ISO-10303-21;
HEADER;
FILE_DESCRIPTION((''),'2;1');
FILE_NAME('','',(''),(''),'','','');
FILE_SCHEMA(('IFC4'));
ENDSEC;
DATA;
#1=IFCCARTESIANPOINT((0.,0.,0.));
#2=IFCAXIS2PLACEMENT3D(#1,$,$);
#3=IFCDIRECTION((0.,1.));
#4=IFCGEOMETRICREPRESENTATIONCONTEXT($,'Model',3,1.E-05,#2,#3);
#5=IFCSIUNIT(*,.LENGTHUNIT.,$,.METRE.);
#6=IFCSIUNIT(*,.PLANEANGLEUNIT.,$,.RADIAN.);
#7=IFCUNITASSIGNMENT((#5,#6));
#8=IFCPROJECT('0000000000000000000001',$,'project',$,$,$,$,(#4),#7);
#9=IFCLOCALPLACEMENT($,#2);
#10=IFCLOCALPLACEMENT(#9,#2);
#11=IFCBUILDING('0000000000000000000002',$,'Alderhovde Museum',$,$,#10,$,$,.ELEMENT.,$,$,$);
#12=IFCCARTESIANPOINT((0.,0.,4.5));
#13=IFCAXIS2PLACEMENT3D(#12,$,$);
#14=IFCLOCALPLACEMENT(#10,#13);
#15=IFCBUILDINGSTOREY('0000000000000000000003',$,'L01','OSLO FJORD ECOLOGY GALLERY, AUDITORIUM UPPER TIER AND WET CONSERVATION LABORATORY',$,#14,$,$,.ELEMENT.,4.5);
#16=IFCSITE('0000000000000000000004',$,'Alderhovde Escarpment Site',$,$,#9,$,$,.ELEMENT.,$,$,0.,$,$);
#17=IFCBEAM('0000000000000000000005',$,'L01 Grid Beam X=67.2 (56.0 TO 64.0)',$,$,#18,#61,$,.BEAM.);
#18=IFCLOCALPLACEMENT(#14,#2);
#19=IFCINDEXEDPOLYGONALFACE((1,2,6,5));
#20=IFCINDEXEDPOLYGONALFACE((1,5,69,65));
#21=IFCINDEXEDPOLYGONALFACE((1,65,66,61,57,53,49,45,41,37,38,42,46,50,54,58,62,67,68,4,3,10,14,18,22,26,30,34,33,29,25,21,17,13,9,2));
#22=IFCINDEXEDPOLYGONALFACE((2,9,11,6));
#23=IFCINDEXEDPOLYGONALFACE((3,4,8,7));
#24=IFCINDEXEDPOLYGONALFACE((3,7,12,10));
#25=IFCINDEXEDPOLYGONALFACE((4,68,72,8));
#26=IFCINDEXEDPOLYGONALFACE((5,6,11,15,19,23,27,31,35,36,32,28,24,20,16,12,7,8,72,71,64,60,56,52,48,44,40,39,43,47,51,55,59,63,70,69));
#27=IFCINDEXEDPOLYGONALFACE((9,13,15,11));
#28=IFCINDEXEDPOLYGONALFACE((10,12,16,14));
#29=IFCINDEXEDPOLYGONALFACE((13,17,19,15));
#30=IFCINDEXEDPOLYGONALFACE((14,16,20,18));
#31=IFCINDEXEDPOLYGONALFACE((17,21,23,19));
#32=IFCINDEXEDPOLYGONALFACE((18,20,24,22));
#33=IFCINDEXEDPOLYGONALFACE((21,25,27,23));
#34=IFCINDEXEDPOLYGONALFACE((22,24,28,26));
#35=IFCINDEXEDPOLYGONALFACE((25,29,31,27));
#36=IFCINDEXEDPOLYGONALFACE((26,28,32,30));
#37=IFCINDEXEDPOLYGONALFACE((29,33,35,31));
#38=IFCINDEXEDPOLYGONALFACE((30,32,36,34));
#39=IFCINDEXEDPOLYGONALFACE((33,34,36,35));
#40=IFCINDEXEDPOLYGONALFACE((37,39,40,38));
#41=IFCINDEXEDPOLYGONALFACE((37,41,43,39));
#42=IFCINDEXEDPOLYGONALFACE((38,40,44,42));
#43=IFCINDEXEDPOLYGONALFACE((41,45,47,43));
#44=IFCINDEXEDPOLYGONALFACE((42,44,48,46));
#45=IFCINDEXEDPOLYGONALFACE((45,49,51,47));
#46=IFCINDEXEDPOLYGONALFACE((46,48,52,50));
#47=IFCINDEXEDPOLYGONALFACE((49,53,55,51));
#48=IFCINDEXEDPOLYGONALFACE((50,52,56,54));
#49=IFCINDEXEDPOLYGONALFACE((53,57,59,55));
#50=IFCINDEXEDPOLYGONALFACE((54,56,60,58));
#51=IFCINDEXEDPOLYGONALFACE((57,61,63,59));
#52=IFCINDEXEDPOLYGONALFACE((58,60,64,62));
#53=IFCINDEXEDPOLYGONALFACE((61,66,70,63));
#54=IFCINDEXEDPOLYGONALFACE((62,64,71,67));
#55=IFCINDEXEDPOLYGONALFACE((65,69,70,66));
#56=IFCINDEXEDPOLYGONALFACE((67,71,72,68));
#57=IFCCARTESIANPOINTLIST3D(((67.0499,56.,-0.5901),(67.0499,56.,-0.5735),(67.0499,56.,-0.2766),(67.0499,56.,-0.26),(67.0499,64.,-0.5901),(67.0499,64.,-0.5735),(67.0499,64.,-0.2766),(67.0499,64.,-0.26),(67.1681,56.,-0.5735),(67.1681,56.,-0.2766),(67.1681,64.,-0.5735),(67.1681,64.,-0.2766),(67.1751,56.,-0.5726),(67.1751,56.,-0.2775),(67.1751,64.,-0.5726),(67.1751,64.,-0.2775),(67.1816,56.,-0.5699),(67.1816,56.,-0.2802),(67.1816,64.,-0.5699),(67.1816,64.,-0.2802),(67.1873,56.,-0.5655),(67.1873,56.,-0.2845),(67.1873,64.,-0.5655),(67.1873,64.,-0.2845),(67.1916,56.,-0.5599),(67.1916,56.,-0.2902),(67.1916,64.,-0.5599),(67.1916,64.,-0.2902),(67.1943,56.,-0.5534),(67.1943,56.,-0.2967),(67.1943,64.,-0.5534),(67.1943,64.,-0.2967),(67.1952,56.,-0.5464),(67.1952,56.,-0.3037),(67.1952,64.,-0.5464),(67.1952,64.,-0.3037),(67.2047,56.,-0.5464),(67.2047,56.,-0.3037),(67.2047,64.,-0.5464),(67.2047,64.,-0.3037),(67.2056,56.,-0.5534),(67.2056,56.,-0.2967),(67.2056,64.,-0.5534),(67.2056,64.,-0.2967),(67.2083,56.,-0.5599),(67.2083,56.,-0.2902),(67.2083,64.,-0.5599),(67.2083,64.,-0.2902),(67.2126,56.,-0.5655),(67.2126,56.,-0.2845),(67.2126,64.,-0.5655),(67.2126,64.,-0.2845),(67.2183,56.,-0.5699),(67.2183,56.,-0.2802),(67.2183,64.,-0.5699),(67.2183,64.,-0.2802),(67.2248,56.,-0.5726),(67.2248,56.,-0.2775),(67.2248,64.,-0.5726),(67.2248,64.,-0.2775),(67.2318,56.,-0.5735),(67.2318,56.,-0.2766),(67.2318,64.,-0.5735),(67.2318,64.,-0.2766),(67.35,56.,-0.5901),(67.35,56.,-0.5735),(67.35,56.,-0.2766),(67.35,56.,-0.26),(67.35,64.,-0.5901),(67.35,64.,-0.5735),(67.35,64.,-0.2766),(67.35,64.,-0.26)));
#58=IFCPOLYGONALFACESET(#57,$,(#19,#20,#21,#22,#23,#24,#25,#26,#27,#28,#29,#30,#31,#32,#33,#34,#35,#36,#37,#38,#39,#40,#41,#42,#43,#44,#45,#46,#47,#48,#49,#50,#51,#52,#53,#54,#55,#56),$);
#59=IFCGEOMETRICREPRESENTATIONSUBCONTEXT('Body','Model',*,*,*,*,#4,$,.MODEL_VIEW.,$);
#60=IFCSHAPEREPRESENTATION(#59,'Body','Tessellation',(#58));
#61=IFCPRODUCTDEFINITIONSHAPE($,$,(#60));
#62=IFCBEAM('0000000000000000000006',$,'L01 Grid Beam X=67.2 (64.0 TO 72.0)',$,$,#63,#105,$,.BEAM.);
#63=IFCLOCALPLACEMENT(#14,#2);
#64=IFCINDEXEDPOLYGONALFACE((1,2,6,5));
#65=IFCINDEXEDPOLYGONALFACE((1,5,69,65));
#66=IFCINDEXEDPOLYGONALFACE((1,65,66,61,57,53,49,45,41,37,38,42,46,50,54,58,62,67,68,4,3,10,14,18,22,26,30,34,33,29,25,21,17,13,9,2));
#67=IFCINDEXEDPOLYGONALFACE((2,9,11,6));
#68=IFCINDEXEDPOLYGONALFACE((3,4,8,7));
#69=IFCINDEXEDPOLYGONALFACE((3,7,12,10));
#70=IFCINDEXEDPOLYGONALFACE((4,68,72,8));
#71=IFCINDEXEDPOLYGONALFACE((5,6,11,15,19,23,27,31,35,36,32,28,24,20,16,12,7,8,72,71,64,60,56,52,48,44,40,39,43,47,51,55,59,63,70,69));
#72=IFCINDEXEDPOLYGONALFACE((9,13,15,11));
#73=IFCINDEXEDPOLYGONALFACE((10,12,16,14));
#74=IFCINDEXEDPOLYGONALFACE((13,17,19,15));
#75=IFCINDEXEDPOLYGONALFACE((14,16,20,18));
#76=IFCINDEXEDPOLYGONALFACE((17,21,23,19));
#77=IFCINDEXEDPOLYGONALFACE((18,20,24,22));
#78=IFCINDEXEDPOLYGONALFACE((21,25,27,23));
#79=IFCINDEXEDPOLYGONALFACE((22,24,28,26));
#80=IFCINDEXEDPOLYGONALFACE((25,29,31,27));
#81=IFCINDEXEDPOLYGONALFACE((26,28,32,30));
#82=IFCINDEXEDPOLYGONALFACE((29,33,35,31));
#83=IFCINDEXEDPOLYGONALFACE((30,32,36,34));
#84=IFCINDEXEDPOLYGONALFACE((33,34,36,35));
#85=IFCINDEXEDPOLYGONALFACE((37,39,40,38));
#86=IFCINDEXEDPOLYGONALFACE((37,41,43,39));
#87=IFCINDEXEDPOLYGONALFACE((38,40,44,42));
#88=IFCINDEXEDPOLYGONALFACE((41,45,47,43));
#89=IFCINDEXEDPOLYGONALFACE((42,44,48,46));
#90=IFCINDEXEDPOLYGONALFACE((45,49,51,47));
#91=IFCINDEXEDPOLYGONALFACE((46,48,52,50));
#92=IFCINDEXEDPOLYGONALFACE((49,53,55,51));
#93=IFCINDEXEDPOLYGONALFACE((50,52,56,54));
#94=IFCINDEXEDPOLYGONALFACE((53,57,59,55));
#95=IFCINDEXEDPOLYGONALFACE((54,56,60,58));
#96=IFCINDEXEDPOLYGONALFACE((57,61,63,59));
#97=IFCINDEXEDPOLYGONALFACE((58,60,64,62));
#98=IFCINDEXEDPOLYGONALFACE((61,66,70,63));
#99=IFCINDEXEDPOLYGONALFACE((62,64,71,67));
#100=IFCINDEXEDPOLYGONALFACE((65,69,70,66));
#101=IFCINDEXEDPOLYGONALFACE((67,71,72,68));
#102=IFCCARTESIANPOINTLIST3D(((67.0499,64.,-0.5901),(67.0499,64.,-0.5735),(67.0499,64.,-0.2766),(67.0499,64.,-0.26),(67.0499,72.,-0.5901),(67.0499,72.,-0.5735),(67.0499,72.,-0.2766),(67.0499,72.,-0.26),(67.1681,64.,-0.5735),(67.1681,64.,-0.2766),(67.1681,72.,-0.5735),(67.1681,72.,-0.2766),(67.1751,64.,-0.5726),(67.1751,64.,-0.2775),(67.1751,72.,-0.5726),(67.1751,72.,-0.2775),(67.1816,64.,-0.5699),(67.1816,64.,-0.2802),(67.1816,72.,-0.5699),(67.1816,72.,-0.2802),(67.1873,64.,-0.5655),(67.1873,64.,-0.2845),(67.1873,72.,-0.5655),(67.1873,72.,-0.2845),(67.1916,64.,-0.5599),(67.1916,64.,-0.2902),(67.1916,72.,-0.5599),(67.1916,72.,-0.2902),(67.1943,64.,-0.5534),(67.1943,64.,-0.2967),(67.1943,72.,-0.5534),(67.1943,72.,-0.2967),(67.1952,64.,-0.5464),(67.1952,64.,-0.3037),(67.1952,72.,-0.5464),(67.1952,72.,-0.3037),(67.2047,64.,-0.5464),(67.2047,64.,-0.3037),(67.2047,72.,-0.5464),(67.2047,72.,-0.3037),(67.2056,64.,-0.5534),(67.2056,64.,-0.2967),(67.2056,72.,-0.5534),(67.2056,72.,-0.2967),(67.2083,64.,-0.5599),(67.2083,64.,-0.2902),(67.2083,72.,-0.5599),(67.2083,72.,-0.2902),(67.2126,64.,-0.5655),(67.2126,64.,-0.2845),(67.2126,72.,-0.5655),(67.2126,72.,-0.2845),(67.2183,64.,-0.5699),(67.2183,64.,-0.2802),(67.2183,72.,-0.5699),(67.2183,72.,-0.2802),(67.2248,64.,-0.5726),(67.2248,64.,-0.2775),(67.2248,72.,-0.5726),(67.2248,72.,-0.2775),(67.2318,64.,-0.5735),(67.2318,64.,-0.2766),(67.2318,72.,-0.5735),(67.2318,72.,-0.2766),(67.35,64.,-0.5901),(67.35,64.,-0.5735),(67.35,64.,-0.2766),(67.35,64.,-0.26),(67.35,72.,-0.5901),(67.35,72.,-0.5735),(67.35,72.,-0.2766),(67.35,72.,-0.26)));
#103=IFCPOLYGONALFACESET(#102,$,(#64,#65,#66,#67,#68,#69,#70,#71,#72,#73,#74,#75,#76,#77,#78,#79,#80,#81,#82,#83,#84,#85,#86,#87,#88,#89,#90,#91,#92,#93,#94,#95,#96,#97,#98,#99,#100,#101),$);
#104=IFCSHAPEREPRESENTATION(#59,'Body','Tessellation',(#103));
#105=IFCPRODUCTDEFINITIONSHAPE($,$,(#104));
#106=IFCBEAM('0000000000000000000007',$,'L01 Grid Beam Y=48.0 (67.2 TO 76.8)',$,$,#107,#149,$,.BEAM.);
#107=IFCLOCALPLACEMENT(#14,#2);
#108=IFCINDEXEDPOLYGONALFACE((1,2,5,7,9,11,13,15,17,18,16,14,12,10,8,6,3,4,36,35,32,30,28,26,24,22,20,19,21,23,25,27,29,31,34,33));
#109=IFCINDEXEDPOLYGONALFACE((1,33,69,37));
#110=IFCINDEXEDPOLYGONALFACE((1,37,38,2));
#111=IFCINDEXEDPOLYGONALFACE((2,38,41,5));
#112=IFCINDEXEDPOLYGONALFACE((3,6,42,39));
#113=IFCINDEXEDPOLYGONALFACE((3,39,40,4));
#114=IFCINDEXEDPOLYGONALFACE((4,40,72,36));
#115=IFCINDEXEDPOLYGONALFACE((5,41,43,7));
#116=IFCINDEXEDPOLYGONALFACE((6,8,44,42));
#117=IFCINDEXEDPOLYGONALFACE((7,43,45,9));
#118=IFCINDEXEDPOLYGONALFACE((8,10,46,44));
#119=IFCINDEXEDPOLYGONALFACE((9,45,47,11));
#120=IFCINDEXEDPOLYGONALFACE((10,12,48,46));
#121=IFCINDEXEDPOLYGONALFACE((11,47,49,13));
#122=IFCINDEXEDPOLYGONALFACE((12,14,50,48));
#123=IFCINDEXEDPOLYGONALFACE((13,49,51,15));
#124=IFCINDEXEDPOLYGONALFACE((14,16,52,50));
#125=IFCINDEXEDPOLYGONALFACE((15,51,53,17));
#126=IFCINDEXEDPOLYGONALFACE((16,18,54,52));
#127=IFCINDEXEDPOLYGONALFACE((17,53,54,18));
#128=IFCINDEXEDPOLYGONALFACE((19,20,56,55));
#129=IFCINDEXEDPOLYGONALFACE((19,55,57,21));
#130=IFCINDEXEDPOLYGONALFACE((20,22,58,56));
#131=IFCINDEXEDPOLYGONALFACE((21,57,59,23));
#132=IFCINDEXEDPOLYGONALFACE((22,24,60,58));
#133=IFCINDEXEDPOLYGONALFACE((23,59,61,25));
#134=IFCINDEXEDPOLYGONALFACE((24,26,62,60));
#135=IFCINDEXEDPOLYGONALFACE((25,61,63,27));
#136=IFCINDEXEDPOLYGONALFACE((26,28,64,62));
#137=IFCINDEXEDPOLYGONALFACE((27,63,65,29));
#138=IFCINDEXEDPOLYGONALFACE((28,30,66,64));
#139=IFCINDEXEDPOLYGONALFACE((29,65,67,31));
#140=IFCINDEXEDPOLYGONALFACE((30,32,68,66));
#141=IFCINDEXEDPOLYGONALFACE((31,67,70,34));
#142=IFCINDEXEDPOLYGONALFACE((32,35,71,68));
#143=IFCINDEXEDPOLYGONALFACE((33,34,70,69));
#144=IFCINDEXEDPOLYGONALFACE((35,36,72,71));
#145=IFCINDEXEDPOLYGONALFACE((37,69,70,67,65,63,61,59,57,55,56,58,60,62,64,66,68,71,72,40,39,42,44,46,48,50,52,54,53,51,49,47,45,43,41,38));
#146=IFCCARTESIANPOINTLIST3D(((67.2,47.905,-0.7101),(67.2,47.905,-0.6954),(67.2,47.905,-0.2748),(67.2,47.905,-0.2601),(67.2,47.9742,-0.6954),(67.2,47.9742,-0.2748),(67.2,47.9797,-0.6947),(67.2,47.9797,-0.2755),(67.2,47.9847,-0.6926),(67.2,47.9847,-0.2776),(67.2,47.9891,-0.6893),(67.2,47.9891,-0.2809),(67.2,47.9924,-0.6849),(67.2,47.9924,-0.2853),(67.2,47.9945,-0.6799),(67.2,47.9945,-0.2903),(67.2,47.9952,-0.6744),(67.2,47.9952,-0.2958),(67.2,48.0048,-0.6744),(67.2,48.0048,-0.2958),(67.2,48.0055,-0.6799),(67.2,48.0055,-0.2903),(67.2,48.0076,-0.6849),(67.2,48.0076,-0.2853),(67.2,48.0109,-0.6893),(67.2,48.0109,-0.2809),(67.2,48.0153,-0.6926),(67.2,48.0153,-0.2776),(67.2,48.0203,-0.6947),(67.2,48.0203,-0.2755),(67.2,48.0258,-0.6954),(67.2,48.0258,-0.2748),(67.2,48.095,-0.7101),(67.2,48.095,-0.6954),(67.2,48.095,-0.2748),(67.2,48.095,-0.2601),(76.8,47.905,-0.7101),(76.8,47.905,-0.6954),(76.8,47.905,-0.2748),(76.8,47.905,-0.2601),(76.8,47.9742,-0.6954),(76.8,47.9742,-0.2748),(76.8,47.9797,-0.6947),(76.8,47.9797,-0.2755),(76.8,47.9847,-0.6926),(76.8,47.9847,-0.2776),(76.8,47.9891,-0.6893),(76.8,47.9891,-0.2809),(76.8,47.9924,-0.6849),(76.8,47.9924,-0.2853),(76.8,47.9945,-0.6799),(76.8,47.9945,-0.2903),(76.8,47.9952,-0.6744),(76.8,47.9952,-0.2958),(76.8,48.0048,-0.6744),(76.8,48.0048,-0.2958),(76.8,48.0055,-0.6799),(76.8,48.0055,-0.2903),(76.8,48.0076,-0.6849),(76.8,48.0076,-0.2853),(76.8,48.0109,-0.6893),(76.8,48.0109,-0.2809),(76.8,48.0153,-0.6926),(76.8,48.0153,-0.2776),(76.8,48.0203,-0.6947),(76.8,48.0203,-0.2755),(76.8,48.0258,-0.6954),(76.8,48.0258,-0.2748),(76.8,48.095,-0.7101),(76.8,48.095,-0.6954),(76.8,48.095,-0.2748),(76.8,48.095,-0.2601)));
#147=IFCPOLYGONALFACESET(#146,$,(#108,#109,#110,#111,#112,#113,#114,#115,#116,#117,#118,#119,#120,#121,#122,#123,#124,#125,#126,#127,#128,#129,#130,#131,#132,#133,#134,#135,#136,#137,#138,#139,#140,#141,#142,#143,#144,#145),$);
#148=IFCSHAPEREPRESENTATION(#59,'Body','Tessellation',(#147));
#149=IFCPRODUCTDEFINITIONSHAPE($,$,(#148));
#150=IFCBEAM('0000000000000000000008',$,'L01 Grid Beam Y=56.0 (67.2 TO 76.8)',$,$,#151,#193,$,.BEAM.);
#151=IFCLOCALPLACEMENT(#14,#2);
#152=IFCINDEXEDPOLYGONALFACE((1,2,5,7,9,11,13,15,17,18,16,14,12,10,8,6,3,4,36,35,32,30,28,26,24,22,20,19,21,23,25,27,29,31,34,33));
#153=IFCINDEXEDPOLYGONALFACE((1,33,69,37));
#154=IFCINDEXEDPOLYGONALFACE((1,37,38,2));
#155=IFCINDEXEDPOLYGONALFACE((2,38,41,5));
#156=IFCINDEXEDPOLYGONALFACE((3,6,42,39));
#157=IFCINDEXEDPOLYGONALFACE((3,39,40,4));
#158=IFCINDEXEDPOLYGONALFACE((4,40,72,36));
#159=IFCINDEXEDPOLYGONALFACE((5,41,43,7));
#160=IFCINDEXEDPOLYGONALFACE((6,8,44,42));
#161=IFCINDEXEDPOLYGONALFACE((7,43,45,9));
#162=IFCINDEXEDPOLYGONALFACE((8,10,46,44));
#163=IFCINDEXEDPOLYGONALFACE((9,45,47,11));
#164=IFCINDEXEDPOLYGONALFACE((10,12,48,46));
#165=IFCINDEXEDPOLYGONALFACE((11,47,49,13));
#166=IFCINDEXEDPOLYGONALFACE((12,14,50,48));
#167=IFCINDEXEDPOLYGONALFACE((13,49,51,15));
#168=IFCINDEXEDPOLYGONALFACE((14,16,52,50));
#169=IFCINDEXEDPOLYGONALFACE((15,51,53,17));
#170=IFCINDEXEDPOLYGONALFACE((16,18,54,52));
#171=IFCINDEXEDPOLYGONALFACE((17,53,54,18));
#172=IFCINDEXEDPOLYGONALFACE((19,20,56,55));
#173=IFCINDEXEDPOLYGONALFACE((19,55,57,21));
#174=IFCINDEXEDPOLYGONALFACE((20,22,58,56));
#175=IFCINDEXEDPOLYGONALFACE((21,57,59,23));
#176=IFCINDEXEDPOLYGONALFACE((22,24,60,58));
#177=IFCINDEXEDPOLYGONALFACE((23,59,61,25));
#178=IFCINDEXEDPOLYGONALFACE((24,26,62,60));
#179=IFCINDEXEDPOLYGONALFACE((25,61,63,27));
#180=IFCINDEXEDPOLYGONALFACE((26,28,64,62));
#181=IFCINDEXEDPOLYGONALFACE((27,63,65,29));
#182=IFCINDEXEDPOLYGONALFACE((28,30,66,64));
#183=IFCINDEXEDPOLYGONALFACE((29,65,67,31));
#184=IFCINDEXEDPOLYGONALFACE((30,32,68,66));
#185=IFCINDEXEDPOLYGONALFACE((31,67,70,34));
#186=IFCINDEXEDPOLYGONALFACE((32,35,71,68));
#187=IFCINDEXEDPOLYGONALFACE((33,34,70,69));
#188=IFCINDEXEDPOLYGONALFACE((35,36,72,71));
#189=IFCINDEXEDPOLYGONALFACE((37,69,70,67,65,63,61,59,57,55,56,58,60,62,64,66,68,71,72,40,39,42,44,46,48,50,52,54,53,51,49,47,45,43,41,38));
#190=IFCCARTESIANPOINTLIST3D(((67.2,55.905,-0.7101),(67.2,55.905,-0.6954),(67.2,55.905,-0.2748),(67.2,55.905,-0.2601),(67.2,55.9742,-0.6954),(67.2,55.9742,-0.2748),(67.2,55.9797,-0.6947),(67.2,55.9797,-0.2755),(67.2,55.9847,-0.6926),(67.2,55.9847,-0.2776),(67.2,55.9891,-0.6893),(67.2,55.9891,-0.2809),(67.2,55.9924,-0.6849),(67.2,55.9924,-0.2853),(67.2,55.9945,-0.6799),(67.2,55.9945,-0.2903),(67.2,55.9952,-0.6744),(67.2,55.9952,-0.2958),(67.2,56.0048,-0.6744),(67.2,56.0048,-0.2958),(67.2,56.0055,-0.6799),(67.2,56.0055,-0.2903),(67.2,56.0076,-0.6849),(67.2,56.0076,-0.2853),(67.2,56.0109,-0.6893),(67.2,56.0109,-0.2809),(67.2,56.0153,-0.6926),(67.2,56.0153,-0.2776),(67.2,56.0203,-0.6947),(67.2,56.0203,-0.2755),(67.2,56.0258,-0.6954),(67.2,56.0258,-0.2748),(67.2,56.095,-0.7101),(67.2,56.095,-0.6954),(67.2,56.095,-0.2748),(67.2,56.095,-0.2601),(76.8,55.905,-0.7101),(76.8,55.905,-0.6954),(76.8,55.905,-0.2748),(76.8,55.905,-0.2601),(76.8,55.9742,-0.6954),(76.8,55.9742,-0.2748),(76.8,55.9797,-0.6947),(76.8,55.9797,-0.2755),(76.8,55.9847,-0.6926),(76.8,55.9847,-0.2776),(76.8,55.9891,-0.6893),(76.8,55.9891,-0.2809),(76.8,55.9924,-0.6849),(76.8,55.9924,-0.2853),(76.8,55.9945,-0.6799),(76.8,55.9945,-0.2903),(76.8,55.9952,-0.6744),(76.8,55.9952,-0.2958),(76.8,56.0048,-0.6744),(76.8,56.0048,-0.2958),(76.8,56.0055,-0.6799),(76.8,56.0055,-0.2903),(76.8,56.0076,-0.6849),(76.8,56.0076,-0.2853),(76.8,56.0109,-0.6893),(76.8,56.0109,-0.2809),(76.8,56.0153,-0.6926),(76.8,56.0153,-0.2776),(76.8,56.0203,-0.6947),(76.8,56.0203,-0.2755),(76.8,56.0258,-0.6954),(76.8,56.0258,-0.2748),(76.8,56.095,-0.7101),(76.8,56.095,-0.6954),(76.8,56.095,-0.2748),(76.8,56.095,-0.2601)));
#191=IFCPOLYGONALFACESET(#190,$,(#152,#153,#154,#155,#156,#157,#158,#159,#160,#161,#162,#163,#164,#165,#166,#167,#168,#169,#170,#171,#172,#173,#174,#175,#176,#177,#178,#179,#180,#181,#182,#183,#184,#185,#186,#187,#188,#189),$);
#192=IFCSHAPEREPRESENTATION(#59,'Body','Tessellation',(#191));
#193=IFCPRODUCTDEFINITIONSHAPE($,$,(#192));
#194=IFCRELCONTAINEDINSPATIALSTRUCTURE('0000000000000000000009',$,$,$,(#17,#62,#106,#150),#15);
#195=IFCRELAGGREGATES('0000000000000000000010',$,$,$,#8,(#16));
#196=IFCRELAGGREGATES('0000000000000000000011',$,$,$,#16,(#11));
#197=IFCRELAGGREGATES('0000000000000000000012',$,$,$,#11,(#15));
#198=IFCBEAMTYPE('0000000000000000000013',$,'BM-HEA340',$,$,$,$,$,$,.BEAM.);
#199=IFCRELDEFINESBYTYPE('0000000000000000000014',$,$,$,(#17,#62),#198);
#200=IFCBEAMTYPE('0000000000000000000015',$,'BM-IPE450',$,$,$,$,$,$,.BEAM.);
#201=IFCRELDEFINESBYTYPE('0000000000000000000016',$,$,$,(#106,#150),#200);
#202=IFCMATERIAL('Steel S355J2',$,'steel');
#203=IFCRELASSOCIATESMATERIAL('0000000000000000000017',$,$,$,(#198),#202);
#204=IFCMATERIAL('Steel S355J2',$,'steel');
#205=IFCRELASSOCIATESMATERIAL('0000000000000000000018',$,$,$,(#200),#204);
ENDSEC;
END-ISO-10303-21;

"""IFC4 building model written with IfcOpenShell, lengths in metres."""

from ifc_helpers import new_model, si_unit, direction, frame, origin, origin_2d, place, context, subcontext, project, spatial, i_section, extrude, material, material_profile, profile_set, type_object, element, save


model = new_model("IFC4")

# Units and contexts
model_context = context("Model", 3, precision=1e-05, world=origin(), true_north=direction((0.0, 1.0)))
body_context = subcontext(model_context, "Body", "Model", "MODEL_VIEW")
ifc_project = project(units=[si_unit("LENGTHUNIT", "METRE"), si_unit("PLANEANGLEUNIT", "RADIAN")], contexts=[model_context])

# Site, building, storey
site_placement = place(None, origin())
site = spatial("IfcSite", under=ifc_project, at=site_placement, Name="Alderhovde Escarpment Site", CompositionType="ELEMENT", RefElevation=0.0)
building_placement = place(site_placement, origin())
building = spatial("IfcBuilding", under=site, at=building_placement, Name="Alderhovde Museum", CompositionType="ELEMENT")
storey_placement = place(building_placement, frame((0.0, 0.0, 4.5)))
storey = spatial("IfcBuildingStorey", under=building, at=storey_placement, Name="L01", Description="OSLO FJORD ECOLOGY GALLERY, AUDITORIUM UPPER TIER AND WET CONSERVATION LABORATORY", CompositionType="ELEMENT", Elevation=4.5)

# Beams
ifc_material_1 = material(Name="Steel S355J2", Category="steel")
ifc_material_profile_1 = material_profile(ifc_material_1, i_section(OverallWidth=0.3, OverallDepth=0.3301, WebThickness=0.0095, FlangeThickness=0.0166, FilletRadius=0.0271, at=origin_2d()), Name="HEA 340")
ifc_profile_set_1 = profile_set([ifc_material_profile_1], Name="Steel S355J2")
beam_type_1 = type_object("IfcBeamType", Name="BM-HEA340", PredefinedType="BEAM", material=ifc_profile_set_1)
for number, where, z_axis, x_axis, name in (
    (1, (67.2, 56.0, -0.425), (0.0, 1.0, 0.0), (-1.0, 0.0, 0.0), "L01 Grid Beam X=67.2 (56.0 TO 64.0)"),
    (2, (67.2, 64.0, -0.425), (0.0, 1.0, 0.0), (-1.0, 0.0, 0.0), "L01 Grid Beam X=67.2 (64.0 TO 72.0)"),
):
    element("IfcBeam", number, at=place(storey_placement, frame(where, z_axis=z_axis, x_axis=x_axis)), inside=storey, type_object=beam_type_1, Name=name, PredefinedType="BEAM", context=body_context, shape_type="SweptSolid", body=[
        extrude(i_section(OverallWidth=0.3, OverallDepth=0.3301, WebThickness=0.0095, FlangeThickness=0.0166, FilletRadius=0.0271, at=origin_2d()), origin(), (0.0, 0.0, 1.0), 8.0),
    ])
ifc_material_2 = material(Name="Steel S355J2", Category="steel")
ifc_material_profile_2 = material_profile(ifc_material_2, i_section(OverallWidth=0.1899, OverallDepth=0.45, WebThickness=0.0095, FlangeThickness=0.0146, FilletRadius=0.021, at=origin_2d()), Name="IPE 450")
ifc_profile_set_2 = profile_set([ifc_material_profile_2], Name="Steel S355J2")
beam_type_2 = type_object("IfcBeamType", Name="BM-IPE450", PredefinedType="BEAM", material=ifc_profile_set_2)
for number, where, z_axis, x_axis, name in (
    (3, (67.2, 48.0, -0.4851), (1.0, 0.0, 0.0), (0.0, 1.0, 0.0), "L01 Grid Beam Y=48.0 (67.2 TO 76.8)"),
    (4, (67.2, 56.0, -0.4851), (1.0, 0.0, 0.0), (0.0, 1.0, 0.0), "L01 Grid Beam Y=56.0 (67.2 TO 76.8)"),
):
    element("IfcBeam", number, at=place(storey_placement, frame(where, z_axis=z_axis, x_axis=x_axis)), inside=storey, type_object=beam_type_2, Name=name, PredefinedType="BEAM", context=body_context, shape_type="SweptSolid", body=[
        extrude(i_section(OverallWidth=0.1899, OverallDepth=0.45, WebThickness=0.0095, FlangeThickness=0.0146, FilletRadius=0.021, at=origin_2d()), origin(), (0.0, 0.0, 1.0), 9.6001),
    ])

save(model, "model.ifc")
